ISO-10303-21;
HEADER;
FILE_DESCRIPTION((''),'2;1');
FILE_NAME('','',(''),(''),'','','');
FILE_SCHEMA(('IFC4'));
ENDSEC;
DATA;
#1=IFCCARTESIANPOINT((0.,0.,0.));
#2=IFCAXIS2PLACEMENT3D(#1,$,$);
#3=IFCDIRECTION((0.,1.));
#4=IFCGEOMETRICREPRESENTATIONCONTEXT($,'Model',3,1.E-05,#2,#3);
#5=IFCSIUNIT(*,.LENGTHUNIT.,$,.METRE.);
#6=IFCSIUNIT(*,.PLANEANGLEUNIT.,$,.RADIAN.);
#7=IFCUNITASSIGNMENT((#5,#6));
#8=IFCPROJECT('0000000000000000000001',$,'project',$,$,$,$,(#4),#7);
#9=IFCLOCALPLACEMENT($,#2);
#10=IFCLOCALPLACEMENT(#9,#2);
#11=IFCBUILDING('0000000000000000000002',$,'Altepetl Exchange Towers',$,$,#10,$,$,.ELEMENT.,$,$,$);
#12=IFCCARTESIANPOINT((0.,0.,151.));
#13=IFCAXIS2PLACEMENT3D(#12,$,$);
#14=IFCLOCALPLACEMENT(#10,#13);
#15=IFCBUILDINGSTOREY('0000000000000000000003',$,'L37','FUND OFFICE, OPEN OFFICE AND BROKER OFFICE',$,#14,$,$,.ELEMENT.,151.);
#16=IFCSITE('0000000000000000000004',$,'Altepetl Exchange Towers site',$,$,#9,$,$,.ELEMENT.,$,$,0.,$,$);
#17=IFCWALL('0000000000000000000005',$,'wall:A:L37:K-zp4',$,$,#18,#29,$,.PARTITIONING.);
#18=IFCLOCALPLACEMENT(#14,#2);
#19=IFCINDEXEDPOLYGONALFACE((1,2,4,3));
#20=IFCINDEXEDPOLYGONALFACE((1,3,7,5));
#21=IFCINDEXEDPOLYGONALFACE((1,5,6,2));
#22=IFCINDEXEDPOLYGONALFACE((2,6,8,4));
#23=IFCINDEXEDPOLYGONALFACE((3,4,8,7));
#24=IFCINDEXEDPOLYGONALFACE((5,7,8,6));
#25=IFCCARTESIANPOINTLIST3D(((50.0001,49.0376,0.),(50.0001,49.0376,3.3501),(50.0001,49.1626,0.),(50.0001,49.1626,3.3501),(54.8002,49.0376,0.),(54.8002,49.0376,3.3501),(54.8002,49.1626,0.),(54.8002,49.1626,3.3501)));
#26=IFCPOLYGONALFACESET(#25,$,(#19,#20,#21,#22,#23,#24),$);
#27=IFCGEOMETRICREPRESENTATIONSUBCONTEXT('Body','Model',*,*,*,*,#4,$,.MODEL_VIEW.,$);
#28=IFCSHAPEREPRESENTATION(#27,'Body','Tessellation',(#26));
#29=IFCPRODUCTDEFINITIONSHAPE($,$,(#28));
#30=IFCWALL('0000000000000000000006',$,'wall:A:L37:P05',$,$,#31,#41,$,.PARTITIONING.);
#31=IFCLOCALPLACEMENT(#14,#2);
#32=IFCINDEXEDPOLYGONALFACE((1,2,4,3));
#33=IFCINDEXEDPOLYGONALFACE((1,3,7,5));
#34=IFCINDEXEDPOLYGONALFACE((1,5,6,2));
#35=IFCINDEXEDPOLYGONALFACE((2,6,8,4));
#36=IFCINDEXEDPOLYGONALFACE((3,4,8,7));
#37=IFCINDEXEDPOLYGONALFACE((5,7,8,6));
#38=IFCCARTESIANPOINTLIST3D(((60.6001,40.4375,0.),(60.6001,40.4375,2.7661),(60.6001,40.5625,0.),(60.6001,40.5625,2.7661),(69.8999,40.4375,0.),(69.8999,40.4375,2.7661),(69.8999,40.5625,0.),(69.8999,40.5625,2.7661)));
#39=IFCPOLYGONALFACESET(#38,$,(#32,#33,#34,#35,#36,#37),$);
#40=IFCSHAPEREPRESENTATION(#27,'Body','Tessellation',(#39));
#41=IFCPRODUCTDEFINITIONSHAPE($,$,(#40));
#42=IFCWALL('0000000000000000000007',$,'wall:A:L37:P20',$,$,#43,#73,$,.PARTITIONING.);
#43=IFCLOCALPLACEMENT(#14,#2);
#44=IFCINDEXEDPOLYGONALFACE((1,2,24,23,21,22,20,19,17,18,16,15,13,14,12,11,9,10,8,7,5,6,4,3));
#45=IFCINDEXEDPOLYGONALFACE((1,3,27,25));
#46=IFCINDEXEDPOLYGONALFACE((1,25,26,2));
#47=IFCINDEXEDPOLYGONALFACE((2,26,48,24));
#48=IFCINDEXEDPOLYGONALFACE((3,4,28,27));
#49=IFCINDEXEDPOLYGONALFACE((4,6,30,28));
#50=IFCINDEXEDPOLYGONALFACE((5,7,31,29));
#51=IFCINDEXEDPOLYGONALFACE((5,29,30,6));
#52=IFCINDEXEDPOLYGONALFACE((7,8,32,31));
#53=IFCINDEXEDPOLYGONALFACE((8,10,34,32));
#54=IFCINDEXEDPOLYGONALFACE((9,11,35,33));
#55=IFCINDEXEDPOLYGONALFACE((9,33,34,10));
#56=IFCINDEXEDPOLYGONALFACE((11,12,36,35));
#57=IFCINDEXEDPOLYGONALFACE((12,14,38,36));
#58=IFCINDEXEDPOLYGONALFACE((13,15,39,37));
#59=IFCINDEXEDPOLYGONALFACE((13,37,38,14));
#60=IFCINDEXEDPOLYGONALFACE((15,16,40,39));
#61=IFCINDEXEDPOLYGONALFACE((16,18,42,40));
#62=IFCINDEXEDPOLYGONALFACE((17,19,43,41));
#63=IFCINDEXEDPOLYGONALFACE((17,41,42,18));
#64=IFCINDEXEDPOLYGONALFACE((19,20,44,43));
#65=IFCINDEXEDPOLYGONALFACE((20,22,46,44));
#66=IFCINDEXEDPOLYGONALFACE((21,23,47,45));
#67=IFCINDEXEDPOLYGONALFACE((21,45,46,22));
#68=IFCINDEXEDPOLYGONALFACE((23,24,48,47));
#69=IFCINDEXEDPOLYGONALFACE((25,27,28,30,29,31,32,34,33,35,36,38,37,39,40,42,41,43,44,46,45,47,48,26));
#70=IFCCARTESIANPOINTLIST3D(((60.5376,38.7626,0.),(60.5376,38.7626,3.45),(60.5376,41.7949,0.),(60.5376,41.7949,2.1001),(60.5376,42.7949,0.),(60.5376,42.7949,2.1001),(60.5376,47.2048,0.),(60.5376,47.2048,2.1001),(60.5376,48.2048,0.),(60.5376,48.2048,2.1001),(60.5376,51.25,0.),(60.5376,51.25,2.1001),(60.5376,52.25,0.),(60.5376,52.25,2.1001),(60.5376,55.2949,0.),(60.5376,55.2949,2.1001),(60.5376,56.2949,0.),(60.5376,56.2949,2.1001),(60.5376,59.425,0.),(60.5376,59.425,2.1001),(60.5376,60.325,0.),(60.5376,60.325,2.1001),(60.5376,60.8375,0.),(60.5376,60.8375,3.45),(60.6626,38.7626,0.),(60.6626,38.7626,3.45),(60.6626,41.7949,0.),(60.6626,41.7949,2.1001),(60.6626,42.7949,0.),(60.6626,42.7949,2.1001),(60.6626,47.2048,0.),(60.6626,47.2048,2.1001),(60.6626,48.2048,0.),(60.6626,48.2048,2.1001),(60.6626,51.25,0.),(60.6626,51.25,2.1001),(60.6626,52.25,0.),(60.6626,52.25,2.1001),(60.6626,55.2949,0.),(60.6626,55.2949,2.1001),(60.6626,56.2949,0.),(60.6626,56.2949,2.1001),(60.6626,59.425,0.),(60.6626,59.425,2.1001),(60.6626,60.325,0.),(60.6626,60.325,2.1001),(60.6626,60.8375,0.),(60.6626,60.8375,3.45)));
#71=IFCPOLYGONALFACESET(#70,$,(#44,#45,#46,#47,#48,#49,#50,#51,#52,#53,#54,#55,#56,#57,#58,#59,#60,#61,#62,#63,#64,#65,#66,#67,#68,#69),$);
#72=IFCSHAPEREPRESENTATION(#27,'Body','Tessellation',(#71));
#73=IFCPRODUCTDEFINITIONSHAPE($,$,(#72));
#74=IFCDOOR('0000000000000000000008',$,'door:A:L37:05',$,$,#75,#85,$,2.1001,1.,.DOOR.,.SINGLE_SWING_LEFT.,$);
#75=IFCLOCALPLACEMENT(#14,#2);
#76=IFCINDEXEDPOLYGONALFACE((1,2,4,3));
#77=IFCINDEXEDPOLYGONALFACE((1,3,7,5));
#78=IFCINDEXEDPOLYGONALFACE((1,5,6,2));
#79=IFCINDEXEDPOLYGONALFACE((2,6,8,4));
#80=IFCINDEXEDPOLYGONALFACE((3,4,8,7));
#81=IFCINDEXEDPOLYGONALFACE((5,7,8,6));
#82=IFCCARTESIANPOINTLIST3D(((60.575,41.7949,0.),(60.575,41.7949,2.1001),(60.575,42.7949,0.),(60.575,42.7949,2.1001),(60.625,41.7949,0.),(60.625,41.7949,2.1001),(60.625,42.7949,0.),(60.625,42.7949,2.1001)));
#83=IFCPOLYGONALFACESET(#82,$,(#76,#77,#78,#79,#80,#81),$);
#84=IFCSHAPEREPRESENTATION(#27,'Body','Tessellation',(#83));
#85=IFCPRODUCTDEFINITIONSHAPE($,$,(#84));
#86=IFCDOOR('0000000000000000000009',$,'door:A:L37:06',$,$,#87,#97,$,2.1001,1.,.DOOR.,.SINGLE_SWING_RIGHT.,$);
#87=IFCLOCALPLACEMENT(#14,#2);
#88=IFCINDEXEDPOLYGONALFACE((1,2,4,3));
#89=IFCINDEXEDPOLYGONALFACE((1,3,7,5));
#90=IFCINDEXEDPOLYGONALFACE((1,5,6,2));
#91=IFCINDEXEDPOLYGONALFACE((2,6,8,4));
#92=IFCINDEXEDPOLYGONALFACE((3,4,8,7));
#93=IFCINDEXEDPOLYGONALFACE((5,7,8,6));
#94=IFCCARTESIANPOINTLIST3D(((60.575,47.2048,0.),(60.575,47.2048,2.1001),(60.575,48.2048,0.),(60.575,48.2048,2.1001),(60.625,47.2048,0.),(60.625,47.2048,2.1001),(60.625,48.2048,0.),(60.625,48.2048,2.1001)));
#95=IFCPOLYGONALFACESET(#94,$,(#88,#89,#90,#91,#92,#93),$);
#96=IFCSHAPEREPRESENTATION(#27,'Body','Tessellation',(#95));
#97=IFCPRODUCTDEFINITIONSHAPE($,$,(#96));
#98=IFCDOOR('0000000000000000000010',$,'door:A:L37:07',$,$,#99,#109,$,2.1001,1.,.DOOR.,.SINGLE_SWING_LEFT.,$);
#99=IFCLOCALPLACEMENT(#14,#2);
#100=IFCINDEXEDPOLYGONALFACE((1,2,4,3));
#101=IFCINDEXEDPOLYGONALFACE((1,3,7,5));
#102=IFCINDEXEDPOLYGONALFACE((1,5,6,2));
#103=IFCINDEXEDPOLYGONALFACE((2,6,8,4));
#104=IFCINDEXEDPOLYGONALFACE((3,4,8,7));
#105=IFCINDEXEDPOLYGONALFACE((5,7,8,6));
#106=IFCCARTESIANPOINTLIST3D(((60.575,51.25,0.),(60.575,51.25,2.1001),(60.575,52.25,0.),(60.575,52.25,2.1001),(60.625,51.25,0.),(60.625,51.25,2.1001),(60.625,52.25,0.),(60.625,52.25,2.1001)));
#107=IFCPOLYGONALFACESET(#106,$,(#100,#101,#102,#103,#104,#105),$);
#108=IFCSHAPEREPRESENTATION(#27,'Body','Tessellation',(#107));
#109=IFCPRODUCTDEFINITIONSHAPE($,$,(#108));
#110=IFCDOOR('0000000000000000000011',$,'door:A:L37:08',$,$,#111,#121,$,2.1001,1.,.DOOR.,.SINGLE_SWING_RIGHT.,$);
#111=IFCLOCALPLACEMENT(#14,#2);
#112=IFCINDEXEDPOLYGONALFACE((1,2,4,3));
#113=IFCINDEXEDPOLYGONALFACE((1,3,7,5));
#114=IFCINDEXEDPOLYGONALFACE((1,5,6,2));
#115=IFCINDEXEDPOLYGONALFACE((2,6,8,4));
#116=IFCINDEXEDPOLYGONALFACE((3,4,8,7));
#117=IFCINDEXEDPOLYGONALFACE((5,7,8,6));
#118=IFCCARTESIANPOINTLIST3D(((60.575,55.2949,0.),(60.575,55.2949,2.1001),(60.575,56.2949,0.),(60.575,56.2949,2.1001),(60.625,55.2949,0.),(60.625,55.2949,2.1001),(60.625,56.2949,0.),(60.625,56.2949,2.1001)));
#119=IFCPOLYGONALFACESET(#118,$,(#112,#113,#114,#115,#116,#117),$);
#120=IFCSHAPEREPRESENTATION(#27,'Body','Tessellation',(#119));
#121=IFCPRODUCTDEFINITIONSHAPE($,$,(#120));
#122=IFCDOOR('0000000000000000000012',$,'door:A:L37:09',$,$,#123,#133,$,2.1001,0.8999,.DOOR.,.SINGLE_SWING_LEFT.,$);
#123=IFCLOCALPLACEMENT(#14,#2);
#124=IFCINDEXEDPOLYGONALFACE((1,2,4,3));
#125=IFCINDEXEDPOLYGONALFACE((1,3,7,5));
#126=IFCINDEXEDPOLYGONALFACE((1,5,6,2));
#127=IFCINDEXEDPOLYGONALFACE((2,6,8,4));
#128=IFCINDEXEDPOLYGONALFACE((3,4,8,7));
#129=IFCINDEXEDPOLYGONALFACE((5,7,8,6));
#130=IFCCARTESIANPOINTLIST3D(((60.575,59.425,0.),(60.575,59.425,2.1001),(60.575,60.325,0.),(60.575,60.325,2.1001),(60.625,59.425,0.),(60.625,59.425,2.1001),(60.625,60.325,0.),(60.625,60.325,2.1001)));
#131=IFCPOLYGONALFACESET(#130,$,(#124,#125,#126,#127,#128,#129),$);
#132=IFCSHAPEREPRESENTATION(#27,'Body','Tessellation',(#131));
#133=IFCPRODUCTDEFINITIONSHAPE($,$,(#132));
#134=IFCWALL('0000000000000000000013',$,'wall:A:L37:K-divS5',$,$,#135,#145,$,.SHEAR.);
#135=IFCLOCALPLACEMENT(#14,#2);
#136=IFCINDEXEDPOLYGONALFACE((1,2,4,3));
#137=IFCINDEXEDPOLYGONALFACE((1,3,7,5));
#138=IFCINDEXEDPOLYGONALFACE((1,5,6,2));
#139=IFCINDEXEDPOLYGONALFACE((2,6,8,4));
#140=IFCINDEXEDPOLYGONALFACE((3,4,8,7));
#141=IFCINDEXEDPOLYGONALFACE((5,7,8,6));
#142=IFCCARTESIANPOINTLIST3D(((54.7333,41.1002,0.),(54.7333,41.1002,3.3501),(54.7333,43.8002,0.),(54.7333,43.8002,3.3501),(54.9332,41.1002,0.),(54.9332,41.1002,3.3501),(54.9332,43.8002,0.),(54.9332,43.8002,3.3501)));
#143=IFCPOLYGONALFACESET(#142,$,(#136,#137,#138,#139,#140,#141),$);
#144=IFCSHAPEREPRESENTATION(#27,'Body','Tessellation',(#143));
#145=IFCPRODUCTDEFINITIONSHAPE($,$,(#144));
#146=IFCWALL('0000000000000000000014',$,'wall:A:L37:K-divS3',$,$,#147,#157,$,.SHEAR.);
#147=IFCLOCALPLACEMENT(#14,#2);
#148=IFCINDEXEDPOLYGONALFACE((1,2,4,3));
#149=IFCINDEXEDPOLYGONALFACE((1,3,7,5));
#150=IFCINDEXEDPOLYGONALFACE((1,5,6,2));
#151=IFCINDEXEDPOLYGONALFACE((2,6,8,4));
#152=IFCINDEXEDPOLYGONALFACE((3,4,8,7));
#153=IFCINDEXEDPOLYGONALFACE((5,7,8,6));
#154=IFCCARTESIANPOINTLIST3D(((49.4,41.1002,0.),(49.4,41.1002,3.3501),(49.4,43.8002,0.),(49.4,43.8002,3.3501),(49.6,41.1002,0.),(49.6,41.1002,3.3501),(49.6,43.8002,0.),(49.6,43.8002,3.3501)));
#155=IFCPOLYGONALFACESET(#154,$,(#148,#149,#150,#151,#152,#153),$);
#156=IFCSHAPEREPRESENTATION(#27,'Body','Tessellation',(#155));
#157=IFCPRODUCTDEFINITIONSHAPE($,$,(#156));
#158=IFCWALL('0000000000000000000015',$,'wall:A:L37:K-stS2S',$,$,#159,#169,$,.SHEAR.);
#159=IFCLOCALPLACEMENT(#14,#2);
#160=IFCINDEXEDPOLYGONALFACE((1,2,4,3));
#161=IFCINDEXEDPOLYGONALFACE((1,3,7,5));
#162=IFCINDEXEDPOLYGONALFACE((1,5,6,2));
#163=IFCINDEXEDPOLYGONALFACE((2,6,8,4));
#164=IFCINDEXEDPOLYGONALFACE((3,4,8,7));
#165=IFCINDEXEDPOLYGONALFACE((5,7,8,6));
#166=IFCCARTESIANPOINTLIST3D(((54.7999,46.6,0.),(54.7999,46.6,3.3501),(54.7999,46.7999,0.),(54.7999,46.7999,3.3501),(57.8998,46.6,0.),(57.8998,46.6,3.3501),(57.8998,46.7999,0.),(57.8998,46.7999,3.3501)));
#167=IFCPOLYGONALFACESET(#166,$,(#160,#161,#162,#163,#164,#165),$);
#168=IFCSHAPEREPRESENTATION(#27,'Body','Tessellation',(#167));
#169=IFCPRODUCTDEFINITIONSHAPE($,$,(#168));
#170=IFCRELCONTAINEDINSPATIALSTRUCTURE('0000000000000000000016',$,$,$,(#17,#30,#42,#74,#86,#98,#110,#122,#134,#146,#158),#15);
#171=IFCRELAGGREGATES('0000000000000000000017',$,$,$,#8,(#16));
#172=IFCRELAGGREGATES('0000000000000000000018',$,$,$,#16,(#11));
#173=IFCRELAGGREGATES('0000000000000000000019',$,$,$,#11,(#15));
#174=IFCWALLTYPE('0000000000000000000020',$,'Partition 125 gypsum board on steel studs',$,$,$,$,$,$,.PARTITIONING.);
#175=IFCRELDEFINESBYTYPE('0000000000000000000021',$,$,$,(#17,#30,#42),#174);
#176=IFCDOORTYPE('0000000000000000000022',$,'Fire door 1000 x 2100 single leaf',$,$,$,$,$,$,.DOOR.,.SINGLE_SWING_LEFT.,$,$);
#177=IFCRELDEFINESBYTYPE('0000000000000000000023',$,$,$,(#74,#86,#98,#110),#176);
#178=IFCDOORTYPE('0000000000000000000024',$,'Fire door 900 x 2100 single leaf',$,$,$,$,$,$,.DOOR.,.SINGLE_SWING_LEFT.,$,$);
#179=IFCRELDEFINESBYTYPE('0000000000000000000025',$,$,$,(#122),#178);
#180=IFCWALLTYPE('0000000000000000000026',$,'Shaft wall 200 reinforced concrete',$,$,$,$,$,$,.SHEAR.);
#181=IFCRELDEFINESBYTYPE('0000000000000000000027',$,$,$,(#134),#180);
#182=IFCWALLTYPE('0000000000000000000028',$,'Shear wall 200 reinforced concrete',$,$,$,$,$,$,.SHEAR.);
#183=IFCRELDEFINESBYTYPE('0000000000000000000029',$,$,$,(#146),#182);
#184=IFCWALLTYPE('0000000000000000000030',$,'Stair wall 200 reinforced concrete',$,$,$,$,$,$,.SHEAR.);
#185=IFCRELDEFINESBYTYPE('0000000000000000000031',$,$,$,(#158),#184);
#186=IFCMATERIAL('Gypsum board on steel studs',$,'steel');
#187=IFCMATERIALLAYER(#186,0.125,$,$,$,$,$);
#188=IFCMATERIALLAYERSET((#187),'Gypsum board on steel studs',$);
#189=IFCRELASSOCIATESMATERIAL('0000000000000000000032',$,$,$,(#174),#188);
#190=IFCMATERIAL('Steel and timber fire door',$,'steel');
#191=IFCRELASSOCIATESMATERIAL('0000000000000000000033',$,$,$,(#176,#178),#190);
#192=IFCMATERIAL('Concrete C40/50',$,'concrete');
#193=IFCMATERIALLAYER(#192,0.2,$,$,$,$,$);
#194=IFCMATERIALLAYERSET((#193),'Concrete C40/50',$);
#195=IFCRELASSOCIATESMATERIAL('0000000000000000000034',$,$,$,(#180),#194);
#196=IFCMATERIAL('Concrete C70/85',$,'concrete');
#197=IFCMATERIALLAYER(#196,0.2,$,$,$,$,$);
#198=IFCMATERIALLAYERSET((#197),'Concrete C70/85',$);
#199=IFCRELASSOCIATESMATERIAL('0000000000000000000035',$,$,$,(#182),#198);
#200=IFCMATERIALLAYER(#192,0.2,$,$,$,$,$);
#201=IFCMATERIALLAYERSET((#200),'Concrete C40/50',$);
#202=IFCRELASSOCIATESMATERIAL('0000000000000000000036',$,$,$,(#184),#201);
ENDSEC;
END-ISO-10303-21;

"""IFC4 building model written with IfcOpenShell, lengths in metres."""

from ifc_helpers import new_model, si_unit, direction, frame, frame_2d, origin, place, context, subcontext, project, spatial, rectangle, extrude, material, layer, layer_set, type_object, element, fill, save


model = new_model("IFC4")

# Units and contexts
model_context = context("Model", 3, precision=1e-05, world=origin(), true_north=direction((0.0, 1.0)))
body_context = subcontext(model_context, "Body", "Model", "MODEL_VIEW")
ifc_project = project(units=[si_unit("LENGTHUNIT", "METRE"), si_unit("PLANEANGLEUNIT", "RADIAN")], contexts=[model_context])

# Site, building, storey
site_placement = place(None, origin())
site = spatial("IfcSite", under=ifc_project, at=site_placement, Name="Altepetl Exchange Towers site", CompositionType="ELEMENT", RefElevation=0.0)
building_placement = place(site_placement, origin())
building = spatial("IfcBuilding", under=site, at=building_placement, Name="Altepetl Exchange Towers", CompositionType="ELEMENT")
storey_placement = place(building_placement, frame((0.0, 0.0, 151.0)))
storey = spatial("IfcBuildingStorey", under=building, at=storey_placement, Name="L37", Description="FUND OFFICE, OPEN OFFICE AND BROKER OFFICE", CompositionType="ELEMENT", Elevation=151.0)

# Shared definitions
ifc_material_1 = material(Name="Concrete C70/85", Category="concrete")
ifc_material_2 = material(Name="Steel and timber fire door", Category="steel")

# Walls
ifc_material_3 = material(Name="Gypsum board on steel studs", Category="steel")
ifc_layer_1 = layer(ifc_material_3, 0.125)
ifc_layer_set_1 = layer_set([ifc_layer_1], Name="Gypsum board on steel studs")
wall_type_1 = type_object("IfcWallType", Name="Partition 125 gypsum board on steel studs", PredefinedType="PARTITIONING", material=ifc_layer_set_1)
wall_1_placement = place(storey_placement, frame((54.8, 49.1001, 0.0), z_axis=(0.0, 0.0, 1.0), x_axis=(-1.0, 0.0, 0.0)))
element("IfcWall", 1, at=wall_1_placement, inside=storey, type_object=wall_type_1, Name="wall:A:L37:K-zp4", PredefinedType="PARTITIONING", context=body_context, shape_type="SweptSolid", body=[
    extrude(rectangle(XDim=4.8, YDim=0.125, at=frame_2d((2.3999, 0.0))), origin(), (0.0, 0.0, 1.0), 3.3501),
])
wall_2_placement = place(storey_placement, frame((60.6001, 40.5, 0.0)))
element("IfcWall", 2, at=wall_2_placement, inside=storey, type_object=wall_type_1, Name="wall:A:L37:P05", PredefinedType="PARTITIONING", context=body_context, shape_type="SweptSolid", body=[
    extrude(rectangle(XDim=9.2998, YDim=0.125, at=frame_2d((4.6499, 0.0))), origin(), (0.0, 0.0, 1.0), 2.7661),
])

# Wall, openings, doors
wall_3_placement = place(storey_placement, frame((60.6001, 38.7625, 0.0), z_axis=(0.0, 0.0, 1.0), x_axis=(0.0, 1.0, 0.0)))
wall_3 = element("IfcWall", 3, at=wall_3_placement, inside=storey, type_object=wall_type_1, Name="wall:A:L37:P20", PredefinedType="PARTITIONING", context=body_context, shape_type="SweptSolid", body=[
    extrude(rectangle(XDim=22.075, YDim=0.125, at=frame_2d((11.0376, 0.0))), origin(), (0.0, 0.0, 1.0), 3.45),
])
opening_1_placement = place(wall_3_placement, frame((3.0325, 0.0, 0.0)))
opening_1 = element("IfcOpeningElement", 4, at=opening_1_placement, cuts=wall_3, PredefinedType="OPENING", context=body_context, shape_type="SweptSolid", body=[
    extrude(rectangle(XDim=1.0, YDim=2.1001, at=frame_2d((0.5, 1.05))), frame((0.0, 0.0725, 0.0), z_axis=(0.0, -1.0, 0.0), x_axis=(1.0, 0.0, 0.0)), (0.0, 0.0, 1.0), 0.145),
])
opening_2_placement = place(wall_3_placement, frame((8.4424, 0.0, 0.0)))
opening_2 = element("IfcOpeningElement", 5, at=opening_2_placement, cuts=wall_3, PredefinedType="OPENING", context=body_context, shape_type="SweptSolid", body=[
    extrude(rectangle(XDim=1.0, YDim=2.1001, at=frame_2d((0.5, 1.05))), frame((0.0, 0.0725, 0.0), z_axis=(0.0, -1.0, 0.0), x_axis=(1.0, 0.0, 0.0)), (0.0, 0.0, 1.0), 0.145),
])
opening_3_placement = place(wall_3_placement, frame((12.4875, 0.0, 0.0)))
opening_3 = element("IfcOpeningElement", 6, at=opening_3_placement, cuts=wall_3, PredefinedType="OPENING", context=body_context, shape_type="SweptSolid", body=[
    extrude(rectangle(XDim=1.0, YDim=2.1001, at=frame_2d((0.5, 1.05))), frame((0.0, 0.0725, 0.0), z_axis=(0.0, -1.0, 0.0), x_axis=(1.0, 0.0, 0.0)), (0.0, 0.0, 1.0), 0.145),
])
opening_4_placement = place(wall_3_placement, frame((16.5325, 0.0, 0.0)))
opening_4 = element("IfcOpeningElement", 7, at=opening_4_placement, cuts=wall_3, PredefinedType="OPENING", context=body_context, shape_type="SweptSolid", body=[
    extrude(rectangle(XDim=1.0, YDim=2.1001, at=frame_2d((0.5, 1.05))), frame((0.0, 0.0725, 0.0), z_axis=(0.0, -1.0, 0.0), x_axis=(1.0, 0.0, 0.0)), (0.0, 0.0, 1.0), 0.145),
])
opening_5_placement = place(wall_3_placement, frame((20.6626, 0.0, 0.0)))
opening_5 = element("IfcOpeningElement", 8, at=opening_5_placement, cuts=wall_3, PredefinedType="OPENING", context=body_context, shape_type="SweptSolid", body=[
    extrude(rectangle(XDim=0.8999, YDim=2.1001, at=frame_2d((0.45, 1.05))), frame((0.0, 0.0725, 0.0), z_axis=(0.0, -1.0, 0.0), x_axis=(1.0, 0.0, 0.0)), (0.0, 0.0, 1.0), 0.145),
])
door_type_1 = type_object("IfcDoorType", Name="Fire door 1000 x 2100 single leaf", OperationType="SINGLE_SWING_LEFT", PredefinedType="DOOR", material=ifc_material_2)
door_1_placement = place(opening_1_placement, frame((1.0, 0.0, 0.0), x_axis=(-1.0, 0.0, 0.0)))
door_1 = element("IfcDoor", 9, at=door_1_placement, inside=storey, type_object=door_type_1, Name="door:A:L37:05", OperationType="SINGLE_SWING_LEFT", OverallHeight=2.1001, OverallWidth=1.0, PredefinedType="DOOR", context=body_context, shape_type="SweptSolid", body=[
    extrude(rectangle(XDim=1.0, YDim=2.1001, at=frame_2d((0.5, 1.05))), frame((0.0, 0.0249, 0.0), z_axis=(0.0, -1.0, 0.0), x_axis=(1.0, 0.0, 0.0)), (0.0, 0.0, 1.0), 0.05),
])
fill(opening_1, door_1)
door_2_placement = place(opening_2_placement, frame((1.0, 0.0, 0.0), x_axis=(-1.0, 0.0, 0.0)))
door_2 = element("IfcDoor", 10, at=door_2_placement, inside=storey, type_object=door_type_1, Name="door:A:L37:06", OperationType="SINGLE_SWING_RIGHT", OverallHeight=2.1001, OverallWidth=1.0, PredefinedType="DOOR", context=body_context, shape_type="SweptSolid", body=[
    extrude(rectangle(XDim=1.0, YDim=2.1001, at=frame_2d((0.5, 1.05))), frame((0.0, 0.0249, 0.0), z_axis=(0.0, -1.0, 0.0), x_axis=(1.0, 0.0, 0.0)), (0.0, 0.0, 1.0), 0.05),
])
fill(opening_2, door_2)
door_3_placement = place(opening_3_placement, frame((1.0, 0.0, 0.0), x_axis=(-1.0, 0.0, 0.0)))
door_3 = element("IfcDoor", 11, at=door_3_placement, inside=storey, type_object=door_type_1, Name="door:A:L37:07", OperationType="SINGLE_SWING_LEFT", OverallHeight=2.1001, OverallWidth=1.0, PredefinedType="DOOR", context=body_context, shape_type="SweptSolid", body=[
    extrude(rectangle(XDim=1.0, YDim=2.1001, at=frame_2d((0.5, 1.05))), frame((0.0, 0.0249, 0.0), z_axis=(0.0, -1.0, 0.0), x_axis=(1.0, 0.0, 0.0)), (0.0, 0.0, 1.0), 0.05),
])
fill(opening_3, door_3)
door_4_placement = place(opening_4_placement, frame((1.0, 0.0, 0.0), x_axis=(-1.0, 0.0, 0.0)))
door_4 = element("IfcDoor", 12, at=door_4_placement, inside=storey, type_object=door_type_1, Name="door:A:L37:08", OperationType="SINGLE_SWING_RIGHT", OverallHeight=2.1001, OverallWidth=1.0, PredefinedType="DOOR", context=body_context, shape_type="SweptSolid", body=[
    extrude(rectangle(XDim=1.0, YDim=2.1001, at=frame_2d((0.5, 1.05))), frame((0.0, 0.0249, 0.0), z_axis=(0.0, -1.0, 0.0), x_axis=(1.0, 0.0, 0.0)), (0.0, 0.0, 1.0), 0.05),
])
fill(opening_4, door_4)
door_type_2 = type_object("IfcDoorType", Name="Fire door 900 x 2100 single leaf", OperationType="SINGLE_SWING_LEFT", PredefinedType="DOOR", material=ifc_material_2)
door_5_placement = place(opening_5_placement, frame((0.8999, 0.0, 0.0), x_axis=(-1.0, 0.0, 0.0)))
door_5 = element("IfcDoor", 13, at=door_5_placement, inside=storey, type_object=door_type_2, Name="door:A:L37:09", OperationType="SINGLE_SWING_LEFT", OverallHeight=2.1001, OverallWidth=0.8999, PredefinedType="DOOR", context=body_context, shape_type="SweptSolid", body=[
    extrude(rectangle(XDim=0.8999, YDim=2.1001, at=frame_2d((0.45, 1.05))), frame((0.0, 0.0249, 0.0), z_axis=(0.0, -1.0, 0.0), x_axis=(1.0, 0.0, 0.0)), (0.0, 0.0, 1.0), 0.05),
])
fill(opening_5, door_5)

# Walls
ifc_material_4 = material(Name="Concrete C40/50", Category="concrete")
ifc_layer_2 = layer(ifc_material_4, 0.2)
ifc_layer_set_2 = layer_set([ifc_layer_2], Name="Concrete C40/50")
wall_type_2 = type_object("IfcWallType", Name="Shaft wall 200 reinforced concrete", PredefinedType="SHEAR", material=ifc_layer_set_2)
wall_4_placement = place(storey_placement, frame((54.8333, 41.1001, 0.0), z_axis=(0.0, 0.0, 1.0), x_axis=(0.0, 1.0, 0.0)))
element("IfcWall", 14, at=wall_4_placement, inside=storey, type_object=wall_type_2, Name="wall:A:L37:K-divS5", PredefinedType="SHEAR", context=body_context, shape_type="SweptSolid", body=[
    extrude(rectangle(XDim=2.7, YDim=0.2, at=frame_2d((1.3501, 0.0))), origin(), (0.0, 0.0, 1.0), 3.3501),
])
ifc_layer_3 = layer(ifc_material_1, 0.2)
ifc_layer_set_3 = layer_set([ifc_layer_3], Name="Concrete C70/85")
wall_type_3 = type_object("IfcWallType", Name="Shear wall 200 reinforced concrete", PredefinedType="SHEAR", material=ifc_layer_set_3)
wall_5_placement = place(storey_placement, frame((49.5, 41.1001, 0.0), z_axis=(0.0, 0.0, 1.0), x_axis=(0.0, 1.0, 0.0)))
element("IfcWall", 15, at=wall_5_placement, inside=storey, type_object=wall_type_3, Name="wall:A:L37:K-divS3", PredefinedType="SHEAR", context=body_context, shape_type="SweptSolid", body=[
    extrude(rectangle(XDim=2.7, YDim=0.2, at=frame_2d((1.3501, 0.0))), origin(), (0.0, 0.0, 1.0), 3.3501),
])
ifc_layer_4 = layer(ifc_material_4, 0.2)
ifc_layer_set_4 = layer_set([ifc_layer_4], Name="Concrete C40/50")
wall_type_4 = type_object("IfcWallType", Name="Stair wall 200 reinforced concrete", PredefinedType="SHEAR", material=ifc_layer_set_4)
wall_6_placement = place(storey_placement, frame((54.8, 46.7, 0.0)))
element("IfcWall", 16, at=wall_6_placement, inside=storey, type_object=wall_type_4, Name="wall:A:L37:K-stS2S", PredefinedType="SHEAR", context=body_context, shape_type="SweptSolid", body=[
    extrude(rectangle(XDim=3.0999, YDim=0.2, at=frame_2d((1.5498, 0.0))), origin(), (0.0, 0.0, 1.0), 3.3501),
])

save(model, "model.ifc")
